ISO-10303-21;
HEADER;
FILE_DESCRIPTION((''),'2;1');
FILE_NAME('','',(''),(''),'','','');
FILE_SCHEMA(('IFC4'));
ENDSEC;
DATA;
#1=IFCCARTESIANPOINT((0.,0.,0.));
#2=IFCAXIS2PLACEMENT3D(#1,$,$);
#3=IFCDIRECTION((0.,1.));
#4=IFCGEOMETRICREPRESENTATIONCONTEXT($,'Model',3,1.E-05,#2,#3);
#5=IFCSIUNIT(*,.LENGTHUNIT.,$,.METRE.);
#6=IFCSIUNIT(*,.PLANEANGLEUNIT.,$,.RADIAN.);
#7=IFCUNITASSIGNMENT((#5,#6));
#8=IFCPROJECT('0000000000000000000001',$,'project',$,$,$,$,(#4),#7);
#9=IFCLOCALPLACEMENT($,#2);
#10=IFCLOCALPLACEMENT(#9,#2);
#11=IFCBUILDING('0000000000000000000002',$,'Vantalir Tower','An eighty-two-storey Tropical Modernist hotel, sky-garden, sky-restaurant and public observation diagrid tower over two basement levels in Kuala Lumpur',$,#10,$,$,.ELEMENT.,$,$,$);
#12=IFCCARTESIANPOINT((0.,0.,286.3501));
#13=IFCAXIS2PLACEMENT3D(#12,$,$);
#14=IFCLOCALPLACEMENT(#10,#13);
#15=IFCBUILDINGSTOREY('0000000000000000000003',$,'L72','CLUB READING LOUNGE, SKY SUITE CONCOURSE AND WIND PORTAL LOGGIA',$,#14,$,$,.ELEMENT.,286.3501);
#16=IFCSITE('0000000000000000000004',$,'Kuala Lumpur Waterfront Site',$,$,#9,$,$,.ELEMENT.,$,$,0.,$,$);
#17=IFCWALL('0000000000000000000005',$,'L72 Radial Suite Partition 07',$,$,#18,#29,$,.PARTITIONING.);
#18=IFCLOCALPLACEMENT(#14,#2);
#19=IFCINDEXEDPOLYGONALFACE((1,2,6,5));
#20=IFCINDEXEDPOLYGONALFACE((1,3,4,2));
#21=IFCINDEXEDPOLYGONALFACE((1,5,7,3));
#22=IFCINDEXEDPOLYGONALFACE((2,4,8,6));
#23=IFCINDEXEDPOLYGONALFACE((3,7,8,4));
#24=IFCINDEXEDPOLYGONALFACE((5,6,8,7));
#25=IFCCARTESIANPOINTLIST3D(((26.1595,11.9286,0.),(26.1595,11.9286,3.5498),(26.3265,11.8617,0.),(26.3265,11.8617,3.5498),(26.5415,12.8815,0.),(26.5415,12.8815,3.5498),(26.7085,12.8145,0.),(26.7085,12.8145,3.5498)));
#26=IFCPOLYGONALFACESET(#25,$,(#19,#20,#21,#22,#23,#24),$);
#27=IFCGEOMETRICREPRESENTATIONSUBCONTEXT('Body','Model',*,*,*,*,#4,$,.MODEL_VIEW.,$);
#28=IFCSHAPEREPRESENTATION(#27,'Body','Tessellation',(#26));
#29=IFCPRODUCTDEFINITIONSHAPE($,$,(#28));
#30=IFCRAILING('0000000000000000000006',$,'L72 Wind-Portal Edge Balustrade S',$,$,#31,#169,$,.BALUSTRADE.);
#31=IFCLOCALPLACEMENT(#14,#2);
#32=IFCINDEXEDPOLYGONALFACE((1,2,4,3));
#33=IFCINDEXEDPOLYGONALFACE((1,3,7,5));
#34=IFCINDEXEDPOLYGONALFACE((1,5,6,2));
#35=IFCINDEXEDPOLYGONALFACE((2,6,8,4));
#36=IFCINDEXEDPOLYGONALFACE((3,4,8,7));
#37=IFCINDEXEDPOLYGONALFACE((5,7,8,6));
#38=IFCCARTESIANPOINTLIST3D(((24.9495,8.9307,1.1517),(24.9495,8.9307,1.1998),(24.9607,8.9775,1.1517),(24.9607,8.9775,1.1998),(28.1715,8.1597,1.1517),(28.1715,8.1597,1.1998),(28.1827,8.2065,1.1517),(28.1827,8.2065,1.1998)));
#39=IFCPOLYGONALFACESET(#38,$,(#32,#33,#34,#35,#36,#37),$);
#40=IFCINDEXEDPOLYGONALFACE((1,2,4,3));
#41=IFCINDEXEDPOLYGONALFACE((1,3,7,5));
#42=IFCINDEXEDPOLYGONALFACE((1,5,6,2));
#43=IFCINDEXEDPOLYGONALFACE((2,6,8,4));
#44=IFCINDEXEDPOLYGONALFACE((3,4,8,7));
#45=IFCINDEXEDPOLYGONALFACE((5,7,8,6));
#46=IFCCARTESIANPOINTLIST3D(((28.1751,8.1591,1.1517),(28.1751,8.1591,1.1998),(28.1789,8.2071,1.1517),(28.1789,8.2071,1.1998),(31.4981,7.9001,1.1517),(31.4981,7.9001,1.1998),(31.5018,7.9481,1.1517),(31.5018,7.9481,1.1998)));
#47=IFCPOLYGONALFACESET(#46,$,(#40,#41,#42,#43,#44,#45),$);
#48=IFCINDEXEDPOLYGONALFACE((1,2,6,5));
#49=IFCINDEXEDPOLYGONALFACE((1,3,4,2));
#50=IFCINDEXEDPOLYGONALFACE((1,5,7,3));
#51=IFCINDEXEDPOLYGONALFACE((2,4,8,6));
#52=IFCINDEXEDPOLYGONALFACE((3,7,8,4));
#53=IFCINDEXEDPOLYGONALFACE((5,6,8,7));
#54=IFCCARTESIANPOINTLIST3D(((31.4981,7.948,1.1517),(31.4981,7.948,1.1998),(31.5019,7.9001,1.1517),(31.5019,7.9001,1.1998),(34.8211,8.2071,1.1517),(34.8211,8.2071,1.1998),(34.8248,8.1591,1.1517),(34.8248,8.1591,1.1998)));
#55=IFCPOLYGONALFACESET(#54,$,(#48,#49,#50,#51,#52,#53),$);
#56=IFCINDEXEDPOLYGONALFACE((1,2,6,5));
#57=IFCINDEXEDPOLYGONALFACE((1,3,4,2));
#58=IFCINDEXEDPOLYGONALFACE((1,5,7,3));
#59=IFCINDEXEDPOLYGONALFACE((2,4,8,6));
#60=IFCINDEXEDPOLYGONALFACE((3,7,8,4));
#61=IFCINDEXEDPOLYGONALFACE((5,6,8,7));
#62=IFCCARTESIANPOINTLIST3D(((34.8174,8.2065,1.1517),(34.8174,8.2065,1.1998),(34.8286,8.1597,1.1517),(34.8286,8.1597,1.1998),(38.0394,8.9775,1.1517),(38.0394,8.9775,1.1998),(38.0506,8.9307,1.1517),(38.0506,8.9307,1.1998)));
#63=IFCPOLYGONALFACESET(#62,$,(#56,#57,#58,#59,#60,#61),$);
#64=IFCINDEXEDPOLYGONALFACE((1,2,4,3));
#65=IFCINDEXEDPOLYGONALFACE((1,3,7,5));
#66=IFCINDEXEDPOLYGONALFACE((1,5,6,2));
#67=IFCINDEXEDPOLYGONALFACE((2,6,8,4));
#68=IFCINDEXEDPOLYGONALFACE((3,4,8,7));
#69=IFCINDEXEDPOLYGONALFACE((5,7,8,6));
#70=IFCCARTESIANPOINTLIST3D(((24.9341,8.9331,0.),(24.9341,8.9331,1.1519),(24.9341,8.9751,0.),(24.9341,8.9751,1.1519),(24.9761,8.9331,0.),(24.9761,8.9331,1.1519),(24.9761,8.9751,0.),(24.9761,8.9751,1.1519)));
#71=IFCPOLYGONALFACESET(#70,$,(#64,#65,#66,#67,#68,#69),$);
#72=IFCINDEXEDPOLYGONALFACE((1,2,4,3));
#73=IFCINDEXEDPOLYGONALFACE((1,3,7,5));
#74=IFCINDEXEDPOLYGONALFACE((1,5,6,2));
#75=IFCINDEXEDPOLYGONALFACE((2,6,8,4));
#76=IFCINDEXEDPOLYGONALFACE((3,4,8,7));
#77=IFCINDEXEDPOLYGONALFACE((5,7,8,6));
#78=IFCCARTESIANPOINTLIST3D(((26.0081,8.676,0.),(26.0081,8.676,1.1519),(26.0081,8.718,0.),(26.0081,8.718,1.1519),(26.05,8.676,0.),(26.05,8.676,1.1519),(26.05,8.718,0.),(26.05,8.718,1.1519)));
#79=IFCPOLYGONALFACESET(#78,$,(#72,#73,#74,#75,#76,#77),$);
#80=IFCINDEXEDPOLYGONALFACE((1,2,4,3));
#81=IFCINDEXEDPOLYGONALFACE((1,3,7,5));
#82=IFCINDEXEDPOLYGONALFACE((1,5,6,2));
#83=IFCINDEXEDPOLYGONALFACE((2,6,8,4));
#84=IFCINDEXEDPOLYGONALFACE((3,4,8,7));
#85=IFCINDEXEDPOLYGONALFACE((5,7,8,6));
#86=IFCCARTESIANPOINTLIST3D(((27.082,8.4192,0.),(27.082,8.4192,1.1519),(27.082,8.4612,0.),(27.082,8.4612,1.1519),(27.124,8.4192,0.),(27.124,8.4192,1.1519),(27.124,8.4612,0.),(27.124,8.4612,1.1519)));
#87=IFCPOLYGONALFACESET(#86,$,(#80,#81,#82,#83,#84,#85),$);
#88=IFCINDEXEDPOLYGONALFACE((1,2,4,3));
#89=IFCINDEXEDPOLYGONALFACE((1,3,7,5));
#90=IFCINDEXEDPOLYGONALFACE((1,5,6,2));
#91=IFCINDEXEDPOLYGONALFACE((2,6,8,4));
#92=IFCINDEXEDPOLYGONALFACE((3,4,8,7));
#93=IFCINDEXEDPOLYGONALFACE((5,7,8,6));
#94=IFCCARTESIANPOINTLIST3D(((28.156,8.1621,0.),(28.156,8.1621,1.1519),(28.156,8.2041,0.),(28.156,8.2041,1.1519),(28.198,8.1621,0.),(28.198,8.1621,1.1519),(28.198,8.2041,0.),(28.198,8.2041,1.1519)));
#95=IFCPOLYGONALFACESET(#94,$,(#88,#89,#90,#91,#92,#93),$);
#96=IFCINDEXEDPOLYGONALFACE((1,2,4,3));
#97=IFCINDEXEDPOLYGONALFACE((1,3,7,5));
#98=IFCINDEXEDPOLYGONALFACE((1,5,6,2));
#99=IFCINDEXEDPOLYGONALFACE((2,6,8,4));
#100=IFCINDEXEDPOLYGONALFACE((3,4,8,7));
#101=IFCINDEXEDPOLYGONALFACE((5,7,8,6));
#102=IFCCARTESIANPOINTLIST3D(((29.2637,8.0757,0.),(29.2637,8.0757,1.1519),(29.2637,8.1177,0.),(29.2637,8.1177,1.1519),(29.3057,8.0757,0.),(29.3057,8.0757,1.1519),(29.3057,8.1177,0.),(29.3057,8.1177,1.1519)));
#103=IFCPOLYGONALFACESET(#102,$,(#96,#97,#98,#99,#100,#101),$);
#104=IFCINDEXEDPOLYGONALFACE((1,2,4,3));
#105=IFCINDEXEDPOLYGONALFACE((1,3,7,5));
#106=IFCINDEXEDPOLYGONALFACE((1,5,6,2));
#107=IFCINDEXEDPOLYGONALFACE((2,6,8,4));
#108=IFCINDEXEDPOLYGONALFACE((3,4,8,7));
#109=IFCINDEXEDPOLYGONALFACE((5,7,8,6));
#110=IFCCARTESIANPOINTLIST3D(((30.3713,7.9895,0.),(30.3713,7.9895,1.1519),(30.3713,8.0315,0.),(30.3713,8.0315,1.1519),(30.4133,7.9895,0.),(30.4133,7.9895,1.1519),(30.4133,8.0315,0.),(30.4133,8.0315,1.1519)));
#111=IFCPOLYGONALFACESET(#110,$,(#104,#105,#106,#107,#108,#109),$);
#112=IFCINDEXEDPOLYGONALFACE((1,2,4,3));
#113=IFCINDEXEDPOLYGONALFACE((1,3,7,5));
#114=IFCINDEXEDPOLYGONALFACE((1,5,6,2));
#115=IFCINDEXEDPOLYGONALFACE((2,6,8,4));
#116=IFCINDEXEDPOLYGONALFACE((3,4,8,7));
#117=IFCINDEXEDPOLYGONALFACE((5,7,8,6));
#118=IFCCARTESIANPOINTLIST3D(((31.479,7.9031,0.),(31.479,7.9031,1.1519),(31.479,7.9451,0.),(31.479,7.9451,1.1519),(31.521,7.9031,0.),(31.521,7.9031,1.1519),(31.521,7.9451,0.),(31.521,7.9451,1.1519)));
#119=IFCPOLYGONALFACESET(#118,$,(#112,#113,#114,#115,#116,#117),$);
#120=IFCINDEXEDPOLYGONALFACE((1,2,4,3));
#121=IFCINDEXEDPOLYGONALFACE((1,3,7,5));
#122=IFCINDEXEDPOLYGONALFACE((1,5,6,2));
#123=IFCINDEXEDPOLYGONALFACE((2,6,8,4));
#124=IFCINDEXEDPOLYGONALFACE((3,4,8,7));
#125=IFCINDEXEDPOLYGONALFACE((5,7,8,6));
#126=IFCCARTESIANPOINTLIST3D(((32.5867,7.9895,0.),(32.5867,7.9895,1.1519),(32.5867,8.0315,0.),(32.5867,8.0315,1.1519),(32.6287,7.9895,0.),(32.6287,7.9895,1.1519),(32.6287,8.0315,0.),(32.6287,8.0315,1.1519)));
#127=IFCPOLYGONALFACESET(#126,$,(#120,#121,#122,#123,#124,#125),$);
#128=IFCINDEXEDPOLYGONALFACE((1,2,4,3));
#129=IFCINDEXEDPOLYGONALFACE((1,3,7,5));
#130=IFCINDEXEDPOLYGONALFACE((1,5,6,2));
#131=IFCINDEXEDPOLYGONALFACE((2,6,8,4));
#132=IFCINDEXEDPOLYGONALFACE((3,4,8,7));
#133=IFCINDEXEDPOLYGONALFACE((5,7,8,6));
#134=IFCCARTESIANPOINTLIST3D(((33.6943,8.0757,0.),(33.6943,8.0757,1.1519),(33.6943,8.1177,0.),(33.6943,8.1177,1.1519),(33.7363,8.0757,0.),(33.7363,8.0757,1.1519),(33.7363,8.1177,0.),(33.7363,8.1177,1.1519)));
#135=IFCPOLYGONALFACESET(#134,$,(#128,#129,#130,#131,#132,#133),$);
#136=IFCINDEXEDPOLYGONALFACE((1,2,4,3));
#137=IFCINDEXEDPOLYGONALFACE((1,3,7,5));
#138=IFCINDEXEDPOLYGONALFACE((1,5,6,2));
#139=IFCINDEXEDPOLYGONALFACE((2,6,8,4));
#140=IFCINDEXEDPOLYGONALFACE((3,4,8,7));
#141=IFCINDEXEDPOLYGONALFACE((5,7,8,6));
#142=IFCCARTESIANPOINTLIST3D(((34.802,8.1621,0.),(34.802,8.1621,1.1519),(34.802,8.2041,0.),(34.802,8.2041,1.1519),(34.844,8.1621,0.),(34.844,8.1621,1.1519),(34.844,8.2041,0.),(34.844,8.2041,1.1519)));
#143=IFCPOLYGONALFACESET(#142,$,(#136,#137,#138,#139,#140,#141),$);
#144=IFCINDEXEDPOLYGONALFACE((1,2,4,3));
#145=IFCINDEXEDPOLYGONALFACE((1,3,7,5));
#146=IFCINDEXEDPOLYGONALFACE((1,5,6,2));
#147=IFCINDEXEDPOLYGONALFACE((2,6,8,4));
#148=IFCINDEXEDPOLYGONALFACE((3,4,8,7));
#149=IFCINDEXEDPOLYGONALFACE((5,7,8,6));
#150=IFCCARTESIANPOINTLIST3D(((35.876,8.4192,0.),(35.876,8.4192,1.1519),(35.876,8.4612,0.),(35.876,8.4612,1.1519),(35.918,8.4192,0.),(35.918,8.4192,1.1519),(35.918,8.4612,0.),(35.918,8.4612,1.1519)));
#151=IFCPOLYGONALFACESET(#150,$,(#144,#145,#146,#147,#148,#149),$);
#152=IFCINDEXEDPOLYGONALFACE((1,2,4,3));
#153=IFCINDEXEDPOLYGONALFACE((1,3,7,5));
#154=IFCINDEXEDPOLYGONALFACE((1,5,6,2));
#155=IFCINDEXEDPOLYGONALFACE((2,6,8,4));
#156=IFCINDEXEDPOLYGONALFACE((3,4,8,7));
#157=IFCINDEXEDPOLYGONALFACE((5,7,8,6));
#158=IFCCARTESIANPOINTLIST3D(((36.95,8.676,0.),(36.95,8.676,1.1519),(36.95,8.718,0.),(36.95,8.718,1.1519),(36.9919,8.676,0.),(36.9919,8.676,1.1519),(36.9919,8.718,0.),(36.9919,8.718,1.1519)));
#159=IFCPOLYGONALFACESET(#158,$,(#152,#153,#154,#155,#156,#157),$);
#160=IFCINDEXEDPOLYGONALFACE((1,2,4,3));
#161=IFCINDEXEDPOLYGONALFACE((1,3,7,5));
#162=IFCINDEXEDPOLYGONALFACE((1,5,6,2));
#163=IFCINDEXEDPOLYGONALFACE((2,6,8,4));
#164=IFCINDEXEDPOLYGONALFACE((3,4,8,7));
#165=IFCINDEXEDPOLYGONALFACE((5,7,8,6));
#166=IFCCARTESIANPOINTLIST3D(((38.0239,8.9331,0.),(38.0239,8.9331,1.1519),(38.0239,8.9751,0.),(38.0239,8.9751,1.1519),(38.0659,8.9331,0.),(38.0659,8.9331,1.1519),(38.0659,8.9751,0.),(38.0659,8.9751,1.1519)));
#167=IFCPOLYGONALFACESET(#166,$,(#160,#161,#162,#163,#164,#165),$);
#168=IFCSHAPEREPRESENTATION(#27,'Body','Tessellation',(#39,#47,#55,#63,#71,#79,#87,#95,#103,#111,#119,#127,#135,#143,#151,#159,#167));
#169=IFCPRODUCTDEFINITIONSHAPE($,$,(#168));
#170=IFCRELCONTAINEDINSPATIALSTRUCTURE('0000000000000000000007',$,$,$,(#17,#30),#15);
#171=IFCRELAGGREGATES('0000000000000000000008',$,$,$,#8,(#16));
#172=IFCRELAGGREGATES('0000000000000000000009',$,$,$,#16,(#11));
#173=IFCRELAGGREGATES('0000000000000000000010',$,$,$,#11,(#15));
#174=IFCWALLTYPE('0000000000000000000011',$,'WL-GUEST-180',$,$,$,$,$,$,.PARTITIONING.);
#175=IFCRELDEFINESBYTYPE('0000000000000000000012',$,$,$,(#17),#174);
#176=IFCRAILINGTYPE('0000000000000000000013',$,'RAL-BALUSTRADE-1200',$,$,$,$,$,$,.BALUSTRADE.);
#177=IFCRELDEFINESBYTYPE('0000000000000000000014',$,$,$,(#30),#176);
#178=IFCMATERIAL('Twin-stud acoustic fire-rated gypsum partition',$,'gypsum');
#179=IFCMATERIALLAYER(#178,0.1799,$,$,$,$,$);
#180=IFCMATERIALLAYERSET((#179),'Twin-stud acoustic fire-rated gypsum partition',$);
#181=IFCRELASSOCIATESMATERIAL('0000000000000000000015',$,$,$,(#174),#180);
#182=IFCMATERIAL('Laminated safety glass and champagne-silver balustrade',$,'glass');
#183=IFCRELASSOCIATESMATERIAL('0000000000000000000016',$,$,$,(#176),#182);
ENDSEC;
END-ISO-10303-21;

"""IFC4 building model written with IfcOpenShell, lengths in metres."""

from ifc_helpers import new_model, si_unit, direction, frame, frame_2d, origin, origin_2d, place, context, subcontext, project, spatial, rectangle, extrude, material, layer, layer_set, type_object, element, save


model = new_model("IFC4")

# Units and contexts
model_context = context("Model", 3, precision=1e-05, world=origin(), true_north=direction((0.0, 1.0)))
body_context = subcontext(model_context, "Body", "Model", "MODEL_VIEW")
ifc_project = project(units=[si_unit("LENGTHUNIT", "METRE"), si_unit("PLANEANGLEUNIT", "RADIAN")], contexts=[model_context])

# Site, building, storey
site_placement = place(None, origin())
site = spatial("IfcSite", under=ifc_project, at=site_placement, Name="Kuala Lumpur Waterfront Site", CompositionType="ELEMENT", RefElevation=0.0)
building_placement = place(site_placement, origin())
building = spatial("IfcBuilding", under=site, at=building_placement, Name="Vantalir Tower", Description="An eighty-two-storey Tropical Modernist hotel, sky-garden, sky-restaurant and public observation diagrid tower over two basement levels in Kuala Lumpur", CompositionType="ELEMENT")
storey_placement = place(building_placement, frame((0.0, 0.0, 286.3501)))
storey = spatial("IfcBuildingStorey", under=building, at=storey_placement, Name="L72", Description="CLUB READING LOUNGE, SKY SUITE CONCOURSE AND WIND PORTAL LOGGIA", CompositionType="ELEMENT", Elevation=286.3501)

# Wall
ifc_material_1 = material(Name="Twin-stud acoustic fire-rated gypsum partition", Category="gypsum")
ifc_layer_1 = layer(ifc_material_1, 0.1799)
ifc_layer_set_1 = layer_set([ifc_layer_1], Name="Twin-stud acoustic fire-rated gypsum partition")
wall_type_1 = type_object("IfcWallType", Name="WL-GUEST-180", PredefinedType="PARTITIONING", material=ifc_layer_set_1)
wall_1_placement = place(storey_placement, frame((26.625, 12.8479, 0.0), z_axis=(0.0, 0.0, 1.0), x_axis=(-0.37217, -0.928165, 0.0)))
element("IfcWall", 1, at=wall_1_placement, inside=storey, type_object=wall_type_1, Name="L72 Radial Suite Partition 07", PredefinedType="PARTITIONING", context=body_context, shape_type="SweptSolid", body=[
    extrude(rectangle(XDim=1.0266, YDim=0.1799, at=frame_2d((0.5132, 0.0))), origin(), (0.0, 0.0, 1.0), 3.5498),
])

# Railing
ifc_material_2 = material(Name="Laminated safety glass and champagne-silver balustrade", Category="glass")
railing_type = type_object("IfcRailingType", Name="RAL-BALUSTRADE-1200", PredefinedType="BALUSTRADE", material=ifc_material_2)
railing_placement = place(storey_placement, frame((24.9551, 8.9541, 0.0)))
element("IfcRailing", 2, at=railing_placement, inside=storey, type_object=railing_type, Name="L72 Wind-Portal Edge Balustrade S", PredefinedType="BALUSTRADE", context=body_context, shape_type="SweptSolid", body=[
    extrude(rectangle(XDim=0.0481, YDim=0.0481, at=origin_2d()), frame((0.0, 0.0, 1.1758), z_axis=(0.972542, -0.232726, 0.0), x_axis=(0.232726, 0.972542, 0.0)), (0.0, 0.0, 1.0), 3.313),
    extrude(rectangle(XDim=0.0481, YDim=0.0481, at=origin_2d()), frame((3.2219, -0.771, 1.1758), z_axis=(0.996976, -0.077716, 0.0), x_axis=(0.077716, 0.996976, 0.0)), (0.0, 0.0, 1.0), 3.333),
    extrude(rectangle(XDim=0.0481, YDim=0.0481, at=origin_2d()), frame((6.5449, -1.03, 1.1758), z_axis=(0.996976, 0.077716, 0.0), x_axis=(-0.077716, 0.996976, 0.0)), (0.0, 0.0, 1.0), 3.333),
    extrude(rectangle(XDim=0.0481, YDim=0.0481, at=origin_2d()), frame((9.8679, -0.771, 1.1758), z_axis=(0.972542, 0.232726, 0.0), x_axis=(-0.232726, 0.972542, 0.0)), (0.0, 0.0, 1.0), 3.313),
    extrude(rectangle(XDim=0.042, YDim=0.042, at=origin_2d()), origin(), (0.0, 0.0, 1.0), 1.1519),
    extrude(rectangle(XDim=0.042, YDim=0.042, at=origin_2d()), frame((1.074, -0.2571, 0.0)), (0.0, 0.0, 1.0), 1.1519),
    extrude(rectangle(XDim=0.042, YDim=0.042, at=origin_2d()), frame((2.1479, -0.5139, 0.0)), (0.0, 0.0, 1.0), 1.1519),
    extrude(rectangle(XDim=0.042, YDim=0.042, at=origin_2d()), frame((3.2219, -0.771, 0.0)), (0.0, 0.0, 1.0), 1.1519),
    extrude(rectangle(XDim=0.042, YDim=0.042, at=origin_2d()), frame((4.3296, -0.8574, 0.0)), (0.0, 0.0, 1.0), 1.1519),
    extrude(rectangle(XDim=0.042, YDim=0.042, at=origin_2d()), frame((5.4373, -0.9436, 0.0)), (0.0, 0.0, 1.0), 1.1519),
    extrude(rectangle(XDim=0.042, YDim=0.042, at=origin_2d()), frame((6.5449, -1.03, 0.0)), (0.0, 0.0, 1.0), 1.1519),
    extrude(rectangle(XDim=0.042, YDim=0.042, at=origin_2d()), frame((7.6526, -0.9436, 0.0)), (0.0, 0.0, 1.0), 1.1519),
    extrude(rectangle(XDim=0.042, YDim=0.042, at=origin_2d()), frame((8.7603, -0.8574, 0.0)), (0.0, 0.0, 1.0), 1.1519),
    extrude(rectangle(XDim=0.042, YDim=0.042, at=origin_2d()), frame((9.8679, -0.771, 0.0)), (0.0, 0.0, 1.0), 1.1519),
    extrude(rectangle(XDim=0.042, YDim=0.042, at=origin_2d()), frame((10.9419, -0.5139, 0.0)), (0.0, 0.0, 1.0), 1.1519),
    extrude(rectangle(XDim=0.042, YDim=0.042, at=origin_2d()), frame((12.0159, -0.2571, 0.0)), (0.0, 0.0, 1.0), 1.1519),
    extrude(rectangle(XDim=0.042, YDim=0.042, at=origin_2d()), frame((13.0898, 0.0, 0.0)), (0.0, 0.0, 1.0), 1.1519),
])

save(model, "model.ifc")
